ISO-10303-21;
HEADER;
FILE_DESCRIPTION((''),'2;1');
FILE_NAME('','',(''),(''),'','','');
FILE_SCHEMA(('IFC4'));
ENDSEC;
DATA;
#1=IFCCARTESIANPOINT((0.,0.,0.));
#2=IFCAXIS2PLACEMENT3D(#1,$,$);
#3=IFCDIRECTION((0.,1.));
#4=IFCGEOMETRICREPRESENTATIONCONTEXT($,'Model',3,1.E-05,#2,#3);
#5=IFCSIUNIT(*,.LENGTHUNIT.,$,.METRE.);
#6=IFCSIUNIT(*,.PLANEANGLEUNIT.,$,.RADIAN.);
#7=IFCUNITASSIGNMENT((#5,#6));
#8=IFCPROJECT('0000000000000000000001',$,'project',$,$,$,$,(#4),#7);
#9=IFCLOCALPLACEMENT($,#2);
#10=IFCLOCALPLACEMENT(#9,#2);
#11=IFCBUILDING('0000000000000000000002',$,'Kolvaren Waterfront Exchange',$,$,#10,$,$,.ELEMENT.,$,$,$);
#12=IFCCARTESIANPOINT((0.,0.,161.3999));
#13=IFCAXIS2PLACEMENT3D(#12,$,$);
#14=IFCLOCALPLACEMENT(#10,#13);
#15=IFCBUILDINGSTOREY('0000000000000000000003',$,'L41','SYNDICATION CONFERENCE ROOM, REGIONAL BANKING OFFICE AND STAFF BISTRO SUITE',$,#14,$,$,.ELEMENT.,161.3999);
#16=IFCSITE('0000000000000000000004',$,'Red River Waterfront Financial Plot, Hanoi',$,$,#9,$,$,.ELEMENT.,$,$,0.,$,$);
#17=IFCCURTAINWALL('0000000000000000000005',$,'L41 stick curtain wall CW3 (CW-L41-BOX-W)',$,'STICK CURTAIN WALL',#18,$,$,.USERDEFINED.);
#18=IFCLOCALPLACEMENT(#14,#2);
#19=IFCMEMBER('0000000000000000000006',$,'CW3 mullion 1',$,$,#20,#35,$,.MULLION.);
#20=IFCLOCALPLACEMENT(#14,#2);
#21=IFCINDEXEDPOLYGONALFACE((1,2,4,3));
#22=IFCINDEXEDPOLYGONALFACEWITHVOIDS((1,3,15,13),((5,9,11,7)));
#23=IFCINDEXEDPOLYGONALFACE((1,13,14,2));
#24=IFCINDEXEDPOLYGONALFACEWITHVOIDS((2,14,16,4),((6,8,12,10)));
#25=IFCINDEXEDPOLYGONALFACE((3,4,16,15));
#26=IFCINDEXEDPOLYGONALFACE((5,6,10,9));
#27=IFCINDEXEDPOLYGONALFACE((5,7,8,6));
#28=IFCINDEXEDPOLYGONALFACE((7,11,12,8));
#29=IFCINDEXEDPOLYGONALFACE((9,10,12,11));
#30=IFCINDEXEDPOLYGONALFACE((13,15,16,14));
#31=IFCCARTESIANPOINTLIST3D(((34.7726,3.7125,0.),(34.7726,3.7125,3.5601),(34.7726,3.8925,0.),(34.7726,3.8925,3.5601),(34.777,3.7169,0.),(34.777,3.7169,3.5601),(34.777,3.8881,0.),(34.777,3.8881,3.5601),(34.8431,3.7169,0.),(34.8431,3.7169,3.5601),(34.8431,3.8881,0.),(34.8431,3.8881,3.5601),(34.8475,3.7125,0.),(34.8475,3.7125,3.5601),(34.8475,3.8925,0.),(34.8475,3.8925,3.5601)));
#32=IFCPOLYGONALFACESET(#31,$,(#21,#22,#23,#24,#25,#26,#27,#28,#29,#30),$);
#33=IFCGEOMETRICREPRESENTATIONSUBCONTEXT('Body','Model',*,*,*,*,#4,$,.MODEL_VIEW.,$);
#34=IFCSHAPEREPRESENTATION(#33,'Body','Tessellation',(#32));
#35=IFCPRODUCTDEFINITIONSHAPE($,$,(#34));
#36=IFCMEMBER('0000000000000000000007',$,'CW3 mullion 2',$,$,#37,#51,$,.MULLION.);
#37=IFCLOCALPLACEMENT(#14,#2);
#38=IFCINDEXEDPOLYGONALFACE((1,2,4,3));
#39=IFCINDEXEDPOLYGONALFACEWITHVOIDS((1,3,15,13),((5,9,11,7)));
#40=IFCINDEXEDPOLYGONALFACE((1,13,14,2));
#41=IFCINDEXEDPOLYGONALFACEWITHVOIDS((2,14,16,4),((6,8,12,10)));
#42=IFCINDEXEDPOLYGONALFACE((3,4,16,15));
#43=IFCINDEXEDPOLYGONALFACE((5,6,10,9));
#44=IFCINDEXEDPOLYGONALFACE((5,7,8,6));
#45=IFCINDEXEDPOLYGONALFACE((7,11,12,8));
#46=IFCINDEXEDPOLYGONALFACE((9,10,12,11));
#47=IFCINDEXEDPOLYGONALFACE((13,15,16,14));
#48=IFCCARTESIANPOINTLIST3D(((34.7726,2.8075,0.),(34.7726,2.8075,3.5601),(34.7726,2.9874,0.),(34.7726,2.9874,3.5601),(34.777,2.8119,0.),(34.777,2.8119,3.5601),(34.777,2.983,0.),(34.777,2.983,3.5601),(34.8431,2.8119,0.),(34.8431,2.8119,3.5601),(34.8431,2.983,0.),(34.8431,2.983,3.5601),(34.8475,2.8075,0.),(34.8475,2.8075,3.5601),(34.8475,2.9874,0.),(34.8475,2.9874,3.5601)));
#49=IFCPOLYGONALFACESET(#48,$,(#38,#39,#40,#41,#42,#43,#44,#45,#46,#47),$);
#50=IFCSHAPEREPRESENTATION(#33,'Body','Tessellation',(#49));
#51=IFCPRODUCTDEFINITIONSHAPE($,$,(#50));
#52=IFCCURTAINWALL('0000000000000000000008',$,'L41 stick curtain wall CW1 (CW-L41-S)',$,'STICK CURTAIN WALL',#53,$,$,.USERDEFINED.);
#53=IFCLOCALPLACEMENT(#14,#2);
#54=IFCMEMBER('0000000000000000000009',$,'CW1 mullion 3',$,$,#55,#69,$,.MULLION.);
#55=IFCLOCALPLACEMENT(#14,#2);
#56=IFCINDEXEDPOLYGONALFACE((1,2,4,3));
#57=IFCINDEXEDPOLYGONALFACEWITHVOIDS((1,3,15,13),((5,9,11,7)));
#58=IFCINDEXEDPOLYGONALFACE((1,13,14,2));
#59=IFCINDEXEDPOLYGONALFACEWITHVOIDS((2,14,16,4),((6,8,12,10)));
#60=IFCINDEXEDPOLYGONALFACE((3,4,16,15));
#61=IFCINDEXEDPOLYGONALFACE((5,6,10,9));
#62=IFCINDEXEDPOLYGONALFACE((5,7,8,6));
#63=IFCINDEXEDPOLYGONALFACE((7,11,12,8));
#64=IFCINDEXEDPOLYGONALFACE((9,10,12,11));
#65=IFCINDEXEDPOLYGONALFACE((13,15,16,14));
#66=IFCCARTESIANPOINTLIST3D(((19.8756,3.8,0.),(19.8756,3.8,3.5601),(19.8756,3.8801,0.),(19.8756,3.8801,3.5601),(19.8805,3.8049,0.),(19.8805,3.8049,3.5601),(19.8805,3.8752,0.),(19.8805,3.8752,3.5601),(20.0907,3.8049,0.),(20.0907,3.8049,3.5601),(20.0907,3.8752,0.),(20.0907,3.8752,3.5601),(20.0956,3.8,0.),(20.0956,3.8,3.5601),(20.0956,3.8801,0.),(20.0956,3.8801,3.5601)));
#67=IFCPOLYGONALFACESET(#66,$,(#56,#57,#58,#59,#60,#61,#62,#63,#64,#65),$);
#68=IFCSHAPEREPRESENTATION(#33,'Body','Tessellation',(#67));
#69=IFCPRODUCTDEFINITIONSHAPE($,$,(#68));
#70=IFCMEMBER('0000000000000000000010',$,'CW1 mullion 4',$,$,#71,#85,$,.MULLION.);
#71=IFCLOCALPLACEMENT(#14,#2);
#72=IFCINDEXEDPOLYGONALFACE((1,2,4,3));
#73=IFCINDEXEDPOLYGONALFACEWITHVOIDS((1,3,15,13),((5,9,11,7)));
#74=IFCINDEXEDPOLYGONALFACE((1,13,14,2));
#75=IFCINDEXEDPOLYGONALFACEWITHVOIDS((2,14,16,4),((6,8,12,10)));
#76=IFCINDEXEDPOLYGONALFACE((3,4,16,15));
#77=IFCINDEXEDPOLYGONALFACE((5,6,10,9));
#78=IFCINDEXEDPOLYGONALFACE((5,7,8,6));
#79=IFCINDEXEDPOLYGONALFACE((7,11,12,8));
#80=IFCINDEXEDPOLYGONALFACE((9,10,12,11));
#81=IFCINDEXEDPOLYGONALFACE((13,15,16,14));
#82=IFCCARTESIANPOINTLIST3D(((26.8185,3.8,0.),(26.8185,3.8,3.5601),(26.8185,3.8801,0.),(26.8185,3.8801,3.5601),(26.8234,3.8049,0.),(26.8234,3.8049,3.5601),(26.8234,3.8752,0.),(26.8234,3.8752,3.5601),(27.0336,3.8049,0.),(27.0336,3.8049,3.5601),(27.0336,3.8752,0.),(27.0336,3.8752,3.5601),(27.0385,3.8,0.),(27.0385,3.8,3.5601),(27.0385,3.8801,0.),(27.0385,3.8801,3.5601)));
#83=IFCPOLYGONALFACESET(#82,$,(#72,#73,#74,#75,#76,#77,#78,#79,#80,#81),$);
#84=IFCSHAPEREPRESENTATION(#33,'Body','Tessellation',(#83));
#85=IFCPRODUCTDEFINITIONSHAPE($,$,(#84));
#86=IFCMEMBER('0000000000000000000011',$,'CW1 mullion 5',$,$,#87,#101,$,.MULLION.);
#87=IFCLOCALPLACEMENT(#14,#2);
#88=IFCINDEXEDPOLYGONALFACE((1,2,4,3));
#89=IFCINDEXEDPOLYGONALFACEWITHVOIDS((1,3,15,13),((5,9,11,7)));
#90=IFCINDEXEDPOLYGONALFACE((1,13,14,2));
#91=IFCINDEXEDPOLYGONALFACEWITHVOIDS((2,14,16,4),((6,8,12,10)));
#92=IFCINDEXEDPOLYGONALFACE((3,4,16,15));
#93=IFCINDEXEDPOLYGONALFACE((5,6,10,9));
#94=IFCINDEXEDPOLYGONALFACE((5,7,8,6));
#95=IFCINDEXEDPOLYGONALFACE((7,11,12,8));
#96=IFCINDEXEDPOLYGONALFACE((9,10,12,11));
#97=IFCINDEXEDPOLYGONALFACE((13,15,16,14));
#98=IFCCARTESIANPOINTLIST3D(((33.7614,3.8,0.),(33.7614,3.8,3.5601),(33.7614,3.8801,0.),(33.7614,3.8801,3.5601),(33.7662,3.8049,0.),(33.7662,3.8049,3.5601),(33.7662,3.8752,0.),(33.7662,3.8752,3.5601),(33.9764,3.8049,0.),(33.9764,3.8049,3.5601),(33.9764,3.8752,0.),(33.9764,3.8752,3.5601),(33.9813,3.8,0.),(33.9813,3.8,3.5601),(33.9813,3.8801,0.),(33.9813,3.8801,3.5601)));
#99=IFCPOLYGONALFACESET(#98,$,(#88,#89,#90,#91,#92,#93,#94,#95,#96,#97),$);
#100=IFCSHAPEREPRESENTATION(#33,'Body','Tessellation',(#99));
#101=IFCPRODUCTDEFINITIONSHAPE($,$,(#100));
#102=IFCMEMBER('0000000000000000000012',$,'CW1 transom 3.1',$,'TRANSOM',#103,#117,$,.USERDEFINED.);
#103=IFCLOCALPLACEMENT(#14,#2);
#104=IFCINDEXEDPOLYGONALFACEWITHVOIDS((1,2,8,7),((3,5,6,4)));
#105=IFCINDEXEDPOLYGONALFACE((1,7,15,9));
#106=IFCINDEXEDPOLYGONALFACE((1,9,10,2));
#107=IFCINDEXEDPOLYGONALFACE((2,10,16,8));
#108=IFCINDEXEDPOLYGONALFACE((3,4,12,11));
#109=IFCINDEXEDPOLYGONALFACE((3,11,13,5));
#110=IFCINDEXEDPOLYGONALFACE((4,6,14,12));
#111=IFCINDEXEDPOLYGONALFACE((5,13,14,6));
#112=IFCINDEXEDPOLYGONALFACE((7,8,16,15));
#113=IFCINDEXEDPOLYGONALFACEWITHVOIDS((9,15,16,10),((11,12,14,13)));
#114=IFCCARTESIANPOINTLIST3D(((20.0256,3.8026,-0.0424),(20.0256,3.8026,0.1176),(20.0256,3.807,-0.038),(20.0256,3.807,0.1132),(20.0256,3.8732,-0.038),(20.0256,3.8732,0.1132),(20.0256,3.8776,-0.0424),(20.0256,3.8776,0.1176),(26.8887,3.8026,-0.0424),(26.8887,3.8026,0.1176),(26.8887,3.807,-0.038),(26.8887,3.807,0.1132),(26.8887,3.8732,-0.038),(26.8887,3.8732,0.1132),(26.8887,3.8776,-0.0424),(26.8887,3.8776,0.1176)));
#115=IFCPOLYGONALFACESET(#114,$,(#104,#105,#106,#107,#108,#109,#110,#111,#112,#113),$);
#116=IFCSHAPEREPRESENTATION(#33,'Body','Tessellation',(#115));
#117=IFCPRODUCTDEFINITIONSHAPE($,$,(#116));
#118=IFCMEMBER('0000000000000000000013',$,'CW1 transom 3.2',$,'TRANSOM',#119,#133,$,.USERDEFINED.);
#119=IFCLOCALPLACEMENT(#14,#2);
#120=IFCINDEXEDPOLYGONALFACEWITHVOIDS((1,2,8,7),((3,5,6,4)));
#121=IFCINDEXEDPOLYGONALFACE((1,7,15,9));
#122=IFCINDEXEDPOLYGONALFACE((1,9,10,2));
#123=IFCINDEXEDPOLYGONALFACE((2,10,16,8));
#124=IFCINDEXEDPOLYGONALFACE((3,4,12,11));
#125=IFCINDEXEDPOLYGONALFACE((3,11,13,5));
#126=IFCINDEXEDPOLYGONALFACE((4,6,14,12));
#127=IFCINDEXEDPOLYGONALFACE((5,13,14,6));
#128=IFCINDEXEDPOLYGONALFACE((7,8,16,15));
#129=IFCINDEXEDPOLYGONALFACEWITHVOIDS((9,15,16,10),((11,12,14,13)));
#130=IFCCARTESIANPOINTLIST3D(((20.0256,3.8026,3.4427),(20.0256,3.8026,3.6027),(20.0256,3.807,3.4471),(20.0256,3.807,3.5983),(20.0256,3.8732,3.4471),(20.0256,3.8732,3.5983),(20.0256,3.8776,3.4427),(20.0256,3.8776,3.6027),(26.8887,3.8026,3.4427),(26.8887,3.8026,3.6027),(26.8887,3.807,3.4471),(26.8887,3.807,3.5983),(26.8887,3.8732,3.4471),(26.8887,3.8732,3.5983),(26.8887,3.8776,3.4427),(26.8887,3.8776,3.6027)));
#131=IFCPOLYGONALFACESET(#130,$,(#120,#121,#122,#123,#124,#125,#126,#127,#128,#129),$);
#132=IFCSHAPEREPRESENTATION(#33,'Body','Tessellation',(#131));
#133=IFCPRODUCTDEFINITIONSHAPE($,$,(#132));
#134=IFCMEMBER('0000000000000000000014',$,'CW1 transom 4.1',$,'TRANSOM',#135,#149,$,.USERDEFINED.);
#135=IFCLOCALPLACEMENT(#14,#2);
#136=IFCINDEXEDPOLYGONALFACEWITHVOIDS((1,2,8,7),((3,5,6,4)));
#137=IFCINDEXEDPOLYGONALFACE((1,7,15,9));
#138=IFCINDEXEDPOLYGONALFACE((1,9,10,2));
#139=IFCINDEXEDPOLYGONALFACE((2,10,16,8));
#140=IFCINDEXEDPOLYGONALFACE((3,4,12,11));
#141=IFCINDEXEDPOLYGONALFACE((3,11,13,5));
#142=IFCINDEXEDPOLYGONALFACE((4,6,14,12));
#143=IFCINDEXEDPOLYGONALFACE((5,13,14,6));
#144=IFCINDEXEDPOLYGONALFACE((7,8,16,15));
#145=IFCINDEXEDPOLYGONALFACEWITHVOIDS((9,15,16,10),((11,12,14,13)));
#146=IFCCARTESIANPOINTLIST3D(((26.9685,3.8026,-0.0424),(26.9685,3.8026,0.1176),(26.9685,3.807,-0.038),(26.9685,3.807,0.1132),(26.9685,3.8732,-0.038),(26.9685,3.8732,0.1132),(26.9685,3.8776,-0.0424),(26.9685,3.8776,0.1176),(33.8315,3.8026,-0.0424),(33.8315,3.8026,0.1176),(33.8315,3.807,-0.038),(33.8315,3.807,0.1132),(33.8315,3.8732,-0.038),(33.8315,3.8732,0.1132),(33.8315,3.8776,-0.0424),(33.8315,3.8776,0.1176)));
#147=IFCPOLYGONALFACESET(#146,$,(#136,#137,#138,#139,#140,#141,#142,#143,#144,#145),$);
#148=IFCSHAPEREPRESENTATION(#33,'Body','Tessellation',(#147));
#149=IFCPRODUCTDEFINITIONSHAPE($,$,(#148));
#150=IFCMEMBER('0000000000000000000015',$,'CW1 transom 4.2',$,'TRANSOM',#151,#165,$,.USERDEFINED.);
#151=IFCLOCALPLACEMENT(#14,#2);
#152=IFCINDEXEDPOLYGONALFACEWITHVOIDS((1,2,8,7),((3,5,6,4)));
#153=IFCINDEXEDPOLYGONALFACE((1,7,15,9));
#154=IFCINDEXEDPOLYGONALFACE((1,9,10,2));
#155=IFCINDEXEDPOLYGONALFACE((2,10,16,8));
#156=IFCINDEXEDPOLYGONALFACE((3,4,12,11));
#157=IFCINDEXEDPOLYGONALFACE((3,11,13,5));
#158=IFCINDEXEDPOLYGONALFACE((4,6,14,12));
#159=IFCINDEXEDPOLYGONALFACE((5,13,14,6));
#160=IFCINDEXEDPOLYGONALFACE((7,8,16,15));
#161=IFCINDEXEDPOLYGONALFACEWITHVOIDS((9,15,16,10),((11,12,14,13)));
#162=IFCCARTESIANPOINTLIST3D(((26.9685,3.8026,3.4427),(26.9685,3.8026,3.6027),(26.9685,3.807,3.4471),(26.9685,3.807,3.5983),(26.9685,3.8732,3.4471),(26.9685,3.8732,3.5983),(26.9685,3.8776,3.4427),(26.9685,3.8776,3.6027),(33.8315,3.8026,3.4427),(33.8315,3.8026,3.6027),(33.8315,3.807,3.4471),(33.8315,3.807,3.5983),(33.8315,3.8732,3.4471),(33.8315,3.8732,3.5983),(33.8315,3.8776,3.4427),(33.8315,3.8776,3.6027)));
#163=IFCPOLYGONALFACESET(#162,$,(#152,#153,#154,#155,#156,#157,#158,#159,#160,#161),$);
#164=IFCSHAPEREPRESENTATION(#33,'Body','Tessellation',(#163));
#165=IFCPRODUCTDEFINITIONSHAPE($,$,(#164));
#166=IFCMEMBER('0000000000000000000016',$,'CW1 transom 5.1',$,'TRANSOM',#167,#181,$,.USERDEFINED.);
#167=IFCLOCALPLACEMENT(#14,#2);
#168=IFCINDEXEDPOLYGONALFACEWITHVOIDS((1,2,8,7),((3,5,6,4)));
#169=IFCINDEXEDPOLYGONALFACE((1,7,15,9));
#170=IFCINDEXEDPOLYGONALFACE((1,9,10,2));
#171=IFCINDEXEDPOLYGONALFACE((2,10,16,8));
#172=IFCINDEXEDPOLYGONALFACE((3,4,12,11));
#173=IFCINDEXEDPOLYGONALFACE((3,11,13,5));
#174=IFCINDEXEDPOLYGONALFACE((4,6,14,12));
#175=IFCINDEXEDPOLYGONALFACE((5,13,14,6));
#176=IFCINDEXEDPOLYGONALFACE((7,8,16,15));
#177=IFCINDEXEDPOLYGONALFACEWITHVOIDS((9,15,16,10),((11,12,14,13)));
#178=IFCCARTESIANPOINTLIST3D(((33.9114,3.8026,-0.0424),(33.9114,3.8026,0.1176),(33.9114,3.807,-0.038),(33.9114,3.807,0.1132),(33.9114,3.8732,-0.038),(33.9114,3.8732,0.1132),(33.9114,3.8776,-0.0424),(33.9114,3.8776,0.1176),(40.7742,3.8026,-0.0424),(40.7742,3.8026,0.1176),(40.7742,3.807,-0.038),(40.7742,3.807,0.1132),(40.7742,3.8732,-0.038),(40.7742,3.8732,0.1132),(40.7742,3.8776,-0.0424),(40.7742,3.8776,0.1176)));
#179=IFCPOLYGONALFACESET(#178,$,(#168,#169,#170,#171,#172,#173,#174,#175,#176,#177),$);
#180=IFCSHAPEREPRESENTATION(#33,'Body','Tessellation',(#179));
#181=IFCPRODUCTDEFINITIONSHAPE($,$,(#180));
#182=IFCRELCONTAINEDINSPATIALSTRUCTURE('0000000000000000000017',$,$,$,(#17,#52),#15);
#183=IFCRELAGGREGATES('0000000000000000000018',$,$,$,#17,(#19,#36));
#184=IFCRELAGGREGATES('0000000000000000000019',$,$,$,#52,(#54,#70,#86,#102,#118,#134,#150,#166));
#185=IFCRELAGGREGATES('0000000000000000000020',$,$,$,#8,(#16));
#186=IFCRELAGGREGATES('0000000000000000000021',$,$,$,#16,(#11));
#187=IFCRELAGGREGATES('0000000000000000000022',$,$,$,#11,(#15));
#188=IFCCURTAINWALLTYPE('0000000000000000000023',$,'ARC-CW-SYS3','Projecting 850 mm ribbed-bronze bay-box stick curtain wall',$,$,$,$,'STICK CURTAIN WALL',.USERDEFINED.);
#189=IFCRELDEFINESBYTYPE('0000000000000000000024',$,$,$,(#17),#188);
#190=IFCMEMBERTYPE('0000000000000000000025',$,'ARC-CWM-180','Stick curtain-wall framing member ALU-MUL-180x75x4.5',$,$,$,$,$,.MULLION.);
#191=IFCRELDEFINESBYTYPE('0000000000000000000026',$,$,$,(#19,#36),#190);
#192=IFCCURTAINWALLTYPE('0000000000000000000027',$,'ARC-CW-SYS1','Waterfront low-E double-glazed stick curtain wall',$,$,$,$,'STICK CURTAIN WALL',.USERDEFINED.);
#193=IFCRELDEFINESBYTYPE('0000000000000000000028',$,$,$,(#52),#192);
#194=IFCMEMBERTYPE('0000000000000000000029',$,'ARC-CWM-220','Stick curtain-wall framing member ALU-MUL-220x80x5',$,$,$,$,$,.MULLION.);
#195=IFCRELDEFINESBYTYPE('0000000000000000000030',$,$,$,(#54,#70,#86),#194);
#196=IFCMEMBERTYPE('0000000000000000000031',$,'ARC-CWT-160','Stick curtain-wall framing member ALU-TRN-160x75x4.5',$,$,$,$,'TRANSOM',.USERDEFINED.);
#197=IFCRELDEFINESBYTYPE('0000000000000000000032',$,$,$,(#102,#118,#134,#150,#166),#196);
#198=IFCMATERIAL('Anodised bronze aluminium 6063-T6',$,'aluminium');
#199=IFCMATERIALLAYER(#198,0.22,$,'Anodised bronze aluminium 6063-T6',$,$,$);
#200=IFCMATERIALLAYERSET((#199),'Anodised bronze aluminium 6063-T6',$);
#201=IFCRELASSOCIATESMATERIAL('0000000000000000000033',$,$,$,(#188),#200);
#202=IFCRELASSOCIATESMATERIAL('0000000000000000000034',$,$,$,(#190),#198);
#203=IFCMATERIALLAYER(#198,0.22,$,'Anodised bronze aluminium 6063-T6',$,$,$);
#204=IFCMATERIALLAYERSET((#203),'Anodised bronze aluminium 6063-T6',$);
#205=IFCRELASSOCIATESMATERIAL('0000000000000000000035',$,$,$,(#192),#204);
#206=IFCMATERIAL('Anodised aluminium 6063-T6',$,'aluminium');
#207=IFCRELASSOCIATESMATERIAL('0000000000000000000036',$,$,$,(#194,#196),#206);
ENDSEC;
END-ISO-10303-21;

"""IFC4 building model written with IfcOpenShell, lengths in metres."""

from ifc_helpers import new_model, si_unit, direction, frame, origin, origin_with_axes, origin_2d, place, context, subcontext, project, spatial, hollow_rectangle, extrude, source, transform, mapped, material, layer, layer_set, material_profile, profile_set, type_object, element, aggregate, save


model = new_model("IFC4")

# Units and contexts
model_context = context("Model", 3, precision=1e-05, world=origin(), true_north=direction((0.0, 1.0)))
body_context = subcontext(model_context, "Body", "Model", "MODEL_VIEW")
ifc_project = project(units=[si_unit("LENGTHUNIT", "METRE"), si_unit("PLANEANGLEUNIT", "RADIAN")], contexts=[model_context])

# Site, building, storey
site_placement = place(None, origin())
site = spatial("IfcSite", under=ifc_project, at=site_placement, Name="Red River Waterfront Financial Plot, Hanoi", CompositionType="ELEMENT", RefElevation=0.0)
building_placement = place(site_placement, origin())
building = spatial("IfcBuilding", under=site, at=building_placement, Name="Kolvaren Waterfront Exchange", CompositionType="ELEMENT")
storey_placement = place(building_placement, frame((0.0, 0.0, 161.3999)))
storey = spatial("IfcBuildingStorey", under=building, at=storey_placement, Name="L41", Description="SYNDICATION CONFERENCE ROOM, REGIONAL BANKING OFFICE AND STAFF BISTRO SUITE", CompositionType="ELEMENT", Elevation=161.3999)

# Curtain walls, members
ifc_material_1 = material(Name="Anodised bronze aluminium 6063-T6", Category="aluminium")
ifc_layer_1 = layer(ifc_material_1, 0.22, Name="Anodised bronze aluminium 6063-T6")
ifc_layer_set_1 = layer_set([ifc_layer_1], Name="Anodised bronze aluminium 6063-T6")
curtain_wall_type_1 = type_object("IfcCurtainWallType", Name="ARC-CW-SYS3", Description="Projecting 850 mm ribbed-bronze bay-box stick curtain wall", ElementType="STICK CURTAIN WALL", PredefinedType="USERDEFINED", material=ifc_layer_set_1)
curtain_wall_1_placement = place(storey_placement, origin())
curtain_wall_1 = element("IfcCurtainWall", 1, at=curtain_wall_1_placement, inside=storey, type_object=curtain_wall_type_1, Name="L41 stick curtain wall CW3 (CW-L41-BOX-W)", ObjectType="STICK CURTAIN WALL", PredefinedType="USERDEFINED")
ifc_material_profile_1 = material_profile(ifc_material_1, hollow_rectangle(XDim=0.075, YDim=0.1799, WallThickness=0.0044, at=origin_2d()), Name="ALU-MUL-180x75x4.5")
ifc_profile_set_1 = profile_set([ifc_material_profile_1], Name="Anodised bronze aluminium 6063-T6")
member_type_1 = type_object("IfcMemberType", Name="ARC-CWM-180", Description="Stick curtain-wall framing member ALU-MUL-180x75x4.5", PredefinedType="MULLION", material=ifc_profile_set_1)
shared_shape_1 = source(origin_with_axes(), body_context, "Body", "SweptSolid", [
    extrude(hollow_rectangle(XDim=0.075, YDim=0.1799, WallThickness=0.0044, at=origin_2d()), origin(), (0.0, 0.0, 1.0), 3.5601),
])
member_1_placement = place(storey_placement, frame((34.8101, 3.8025, 0.0), z_axis=(0.0, 0.0, 1.0), x_axis=(1.0, 0.0, 0.0)))
member_1 = element("IfcMember", 2, at=member_1_placement, type_object=member_type_1, Name="CW3 mullion 1", PredefinedType="MULLION", context=body_context, shape_type="MappedRepresentation", body=[
    mapped(shared_shape_1, transform((0.0, 0.0, 0.0), x_axis=(1.0, 0.0, 0.0), y_axis=(0.0, 1.0, 0.0), z_axis=(0.0, 0.0, 1.0), scale=1.0)),
])
member_2_placement = place(storey_placement, frame((34.8101, 2.8975, 0.0), z_axis=(0.0, 0.0, 1.0), x_axis=(1.0, 0.0, 0.0)))
member_2 = element("IfcMember", 3, at=member_2_placement, type_object=member_type_1, Name="CW3 mullion 2", PredefinedType="MULLION", context=body_context, shape_type="MappedRepresentation", body=[
    mapped(shared_shape_1, transform((0.0, 0.0, 0.0), x_axis=(1.0, 0.0, 0.0), y_axis=(0.0, 1.0, 0.0), z_axis=(0.0, 0.0, 1.0), scale=1.0)),
])
ifc_layer_2 = layer(ifc_material_1, 0.22, Name="Anodised bronze aluminium 6063-T6")
ifc_layer_set_2 = layer_set([ifc_layer_2], Name="Anodised bronze aluminium 6063-T6")
curtain_wall_type_2 = type_object("IfcCurtainWallType", Name="ARC-CW-SYS1", Description="Waterfront low-E double-glazed stick curtain wall", ElementType="STICK CURTAIN WALL", PredefinedType="USERDEFINED", material=ifc_layer_set_2)
curtain_wall_2_placement = place(storey_placement, origin())
curtain_wall_2 = element("IfcCurtainWall", 4, at=curtain_wall_2_placement, inside=storey, type_object=curtain_wall_type_2, Name="L41 stick curtain wall CW1 (CW-L41-S)", ObjectType="STICK CURTAIN WALL", PredefinedType="USERDEFINED")
ifc_material_2 = material(Name="Anodised aluminium 6063-T6", Category="aluminium")
ifc_material_profile_2 = material_profile(ifc_material_2, hollow_rectangle(XDim=0.0801, YDim=0.22, WallThickness=0.0049, at=origin_2d()), Name="ALU-MUL-220x80x5")
ifc_profile_set_2 = profile_set([ifc_material_profile_2], Name="Anodised aluminium 6063-T6")
member_type_2 = type_object("IfcMemberType", Name="ARC-CWM-220", Description="Stick curtain-wall framing member ALU-MUL-220x80x5", PredefinedType="MULLION", material=ifc_profile_set_2)
shared_shape_2 = source(origin_with_axes(), body_context, "Body", "SweptSolid", [
    extrude(hollow_rectangle(XDim=0.0801, YDim=0.22, WallThickness=0.0049, at=origin_2d()), origin(), (0.0, 0.0, 1.0), 3.5601),
])
member_3_placement = place(storey_placement, frame((19.9856, 3.8401, 0.0), z_axis=(0.0, 0.0, 1.0), x_axis=(0.0, 1.0, 0.0)))
member_3 = element("IfcMember", 5, at=member_3_placement, type_object=member_type_2, Name="CW1 mullion 3", PredefinedType="MULLION", context=body_context, shape_type="MappedRepresentation", body=[
    mapped(shared_shape_2, transform((0.0, 0.0, 0.0), x_axis=(1.0, 0.0, 0.0), y_axis=(0.0, 1.0, 0.0), z_axis=(0.0, 0.0, 1.0), scale=1.0)),
])
member_4_placement = place(storey_placement, frame((26.9285, 3.8401, 0.0), z_axis=(0.0, 0.0, 1.0), x_axis=(0.0, 1.0, 0.0)))
member_4 = element("IfcMember", 6, at=member_4_placement, type_object=member_type_2, Name="CW1 mullion 4", PredefinedType="MULLION", context=body_context, shape_type="MappedRepresentation", body=[
    mapped(shared_shape_2, transform((0.0, 0.0, 0.0), x_axis=(1.0, 0.0, 0.0), y_axis=(0.0, 1.0, 0.0), z_axis=(0.0, 0.0, 1.0), scale=1.0)),
])
member_5_placement = place(storey_placement, frame((33.8713, 3.8401, 0.0), z_axis=(0.0, 0.0, 1.0), x_axis=(0.0, 1.0, 0.0)))
member_5 = element("IfcMember", 7, at=member_5_placement, type_object=member_type_2, Name="CW1 mullion 5", PredefinedType="MULLION", context=body_context, shape_type="MappedRepresentation", body=[
    mapped(shared_shape_2, transform((0.0, 0.0, 0.0), x_axis=(1.0, 0.0, 0.0), y_axis=(0.0, 1.0, 0.0), z_axis=(0.0, 0.0, 1.0), scale=1.0)),
])
ifc_material_profile_3 = material_profile(ifc_material_2, hollow_rectangle(XDim=0.075, YDim=0.1599, WallThickness=0.0044, at=origin_2d()), Name="ALU-TRN-160x75x4.5")
ifc_profile_set_3 = profile_set([ifc_material_profile_3], Name="Anodised aluminium 6063-T6")
member_type_3 = type_object("IfcMemberType", Name="ARC-CWT-160", Description="Stick curtain-wall framing member ALU-TRN-160x75x4.5", ElementType="TRANSOM", PredefinedType="USERDEFINED", material=ifc_profile_set_3)
shared_shape_3 = source(origin_with_axes(), body_context, "Body", "SweptSolid", [
    extrude(hollow_rectangle(XDim=0.075, YDim=0.1599, WallThickness=0.0044, at=origin_2d()), origin(), (0.0, 0.0, 1.0), 6.863),
])
member_6_placement = place(storey_placement, frame((20.0256, 3.8401, 0.0376), z_axis=(1.0, 0.0, 0.0), x_axis=(0.0, 1.0, 0.0)))
member_6 = element("IfcMember", 8, at=member_6_placement, type_object=member_type_3, Name="CW1 transom 3.1", ObjectType="TRANSOM", PredefinedType="USERDEFINED", context=body_context, shape_type="MappedRepresentation", body=[
    mapped(shared_shape_3, transform((0.0, 0.0, 0.0), x_axis=(1.0, 0.0, 0.0), y_axis=(0.0, 1.0, 0.0), z_axis=(0.0, 0.0, 1.0), scale=1.0)),
])
member_7_placement = place(storey_placement, frame((20.0256, 3.8401, 3.5227), z_axis=(1.0, 0.0, 0.0), x_axis=(0.0, 1.0, 0.0)))
member_7 = element("IfcMember", 9, at=member_7_placement, type_object=member_type_3, Name="CW1 transom 3.2", ObjectType="TRANSOM", PredefinedType="USERDEFINED", context=body_context, shape_type="MappedRepresentation", body=[
    mapped(shared_shape_3, transform((0.0, 0.0, 0.0), x_axis=(1.0, 0.0, 0.0), y_axis=(0.0, 1.0, 0.0), z_axis=(0.0, 0.0, 1.0), scale=1.0)),
])
member_8_placement = place(storey_placement, frame((26.9685, 3.8401, 0.0376), z_axis=(1.0, 0.0, 0.0), x_axis=(0.0, 1.0, 0.0)))
member_8 = element("IfcMember", 10, at=member_8_placement, type_object=member_type_3, Name="CW1 transom 4.1", ObjectType="TRANSOM", PredefinedType="USERDEFINED", context=body_context, shape_type="MappedRepresentation", body=[
    mapped(shared_shape_3, transform((0.0, 0.0, 0.0), x_axis=(1.0, 0.0, 0.0), y_axis=(0.0, 1.0, 0.0), z_axis=(0.0, 0.0, 1.0), scale=1.0)),
])
member_9_placement = place(storey_placement, frame((26.9685, 3.8401, 3.5227), z_axis=(1.0, 0.0, 0.0), x_axis=(0.0, 1.0, 0.0)))
member_9 = element("IfcMember", 11, at=member_9_placement, type_object=member_type_3, Name="CW1 transom 4.2", ObjectType="TRANSOM", PredefinedType="USERDEFINED", context=body_context, shape_type="MappedRepresentation", body=[
    mapped(shared_shape_3, transform((0.0, 0.0, 0.0), x_axis=(1.0, 0.0, 0.0), y_axis=(0.0, 1.0, 0.0), z_axis=(0.0, 0.0, 1.0), scale=1.0)),
])
shared_shape_4 = source(origin_with_axes(), body_context, "Body", "SweptSolid", [
    extrude(hollow_rectangle(XDim=0.075, YDim=0.1599, WallThickness=0.0044, at=origin_2d()), origin(), (0.0, 0.0, 1.0), 6.8628),
])
member_10_placement = place(storey_placement, frame((33.9114, 3.8401, 0.0376), z_axis=(1.0, 0.0, 0.0), x_axis=(0.0, 1.0, 0.0)))
member_10 = element("IfcMember", 12, at=member_10_placement, type_object=member_type_3, Name="CW1 transom 5.1", ObjectType="TRANSOM", PredefinedType="USERDEFINED", context=body_context, shape_type="MappedRepresentation", body=[
    mapped(shared_shape_4, transform((0.0, 0.0, 0.0), x_axis=(1.0, 0.0, 0.0), y_axis=(0.0, 1.0, 0.0), z_axis=(0.0, 0.0, 1.0), scale=1.0)),
])

aggregate(curtain_wall_1, [member_1, member_2])
aggregate(curtain_wall_2, [member_3, member_4, member_5, member_6, member_7, member_8, member_9, member_10])

save(model, "model.ifc")
